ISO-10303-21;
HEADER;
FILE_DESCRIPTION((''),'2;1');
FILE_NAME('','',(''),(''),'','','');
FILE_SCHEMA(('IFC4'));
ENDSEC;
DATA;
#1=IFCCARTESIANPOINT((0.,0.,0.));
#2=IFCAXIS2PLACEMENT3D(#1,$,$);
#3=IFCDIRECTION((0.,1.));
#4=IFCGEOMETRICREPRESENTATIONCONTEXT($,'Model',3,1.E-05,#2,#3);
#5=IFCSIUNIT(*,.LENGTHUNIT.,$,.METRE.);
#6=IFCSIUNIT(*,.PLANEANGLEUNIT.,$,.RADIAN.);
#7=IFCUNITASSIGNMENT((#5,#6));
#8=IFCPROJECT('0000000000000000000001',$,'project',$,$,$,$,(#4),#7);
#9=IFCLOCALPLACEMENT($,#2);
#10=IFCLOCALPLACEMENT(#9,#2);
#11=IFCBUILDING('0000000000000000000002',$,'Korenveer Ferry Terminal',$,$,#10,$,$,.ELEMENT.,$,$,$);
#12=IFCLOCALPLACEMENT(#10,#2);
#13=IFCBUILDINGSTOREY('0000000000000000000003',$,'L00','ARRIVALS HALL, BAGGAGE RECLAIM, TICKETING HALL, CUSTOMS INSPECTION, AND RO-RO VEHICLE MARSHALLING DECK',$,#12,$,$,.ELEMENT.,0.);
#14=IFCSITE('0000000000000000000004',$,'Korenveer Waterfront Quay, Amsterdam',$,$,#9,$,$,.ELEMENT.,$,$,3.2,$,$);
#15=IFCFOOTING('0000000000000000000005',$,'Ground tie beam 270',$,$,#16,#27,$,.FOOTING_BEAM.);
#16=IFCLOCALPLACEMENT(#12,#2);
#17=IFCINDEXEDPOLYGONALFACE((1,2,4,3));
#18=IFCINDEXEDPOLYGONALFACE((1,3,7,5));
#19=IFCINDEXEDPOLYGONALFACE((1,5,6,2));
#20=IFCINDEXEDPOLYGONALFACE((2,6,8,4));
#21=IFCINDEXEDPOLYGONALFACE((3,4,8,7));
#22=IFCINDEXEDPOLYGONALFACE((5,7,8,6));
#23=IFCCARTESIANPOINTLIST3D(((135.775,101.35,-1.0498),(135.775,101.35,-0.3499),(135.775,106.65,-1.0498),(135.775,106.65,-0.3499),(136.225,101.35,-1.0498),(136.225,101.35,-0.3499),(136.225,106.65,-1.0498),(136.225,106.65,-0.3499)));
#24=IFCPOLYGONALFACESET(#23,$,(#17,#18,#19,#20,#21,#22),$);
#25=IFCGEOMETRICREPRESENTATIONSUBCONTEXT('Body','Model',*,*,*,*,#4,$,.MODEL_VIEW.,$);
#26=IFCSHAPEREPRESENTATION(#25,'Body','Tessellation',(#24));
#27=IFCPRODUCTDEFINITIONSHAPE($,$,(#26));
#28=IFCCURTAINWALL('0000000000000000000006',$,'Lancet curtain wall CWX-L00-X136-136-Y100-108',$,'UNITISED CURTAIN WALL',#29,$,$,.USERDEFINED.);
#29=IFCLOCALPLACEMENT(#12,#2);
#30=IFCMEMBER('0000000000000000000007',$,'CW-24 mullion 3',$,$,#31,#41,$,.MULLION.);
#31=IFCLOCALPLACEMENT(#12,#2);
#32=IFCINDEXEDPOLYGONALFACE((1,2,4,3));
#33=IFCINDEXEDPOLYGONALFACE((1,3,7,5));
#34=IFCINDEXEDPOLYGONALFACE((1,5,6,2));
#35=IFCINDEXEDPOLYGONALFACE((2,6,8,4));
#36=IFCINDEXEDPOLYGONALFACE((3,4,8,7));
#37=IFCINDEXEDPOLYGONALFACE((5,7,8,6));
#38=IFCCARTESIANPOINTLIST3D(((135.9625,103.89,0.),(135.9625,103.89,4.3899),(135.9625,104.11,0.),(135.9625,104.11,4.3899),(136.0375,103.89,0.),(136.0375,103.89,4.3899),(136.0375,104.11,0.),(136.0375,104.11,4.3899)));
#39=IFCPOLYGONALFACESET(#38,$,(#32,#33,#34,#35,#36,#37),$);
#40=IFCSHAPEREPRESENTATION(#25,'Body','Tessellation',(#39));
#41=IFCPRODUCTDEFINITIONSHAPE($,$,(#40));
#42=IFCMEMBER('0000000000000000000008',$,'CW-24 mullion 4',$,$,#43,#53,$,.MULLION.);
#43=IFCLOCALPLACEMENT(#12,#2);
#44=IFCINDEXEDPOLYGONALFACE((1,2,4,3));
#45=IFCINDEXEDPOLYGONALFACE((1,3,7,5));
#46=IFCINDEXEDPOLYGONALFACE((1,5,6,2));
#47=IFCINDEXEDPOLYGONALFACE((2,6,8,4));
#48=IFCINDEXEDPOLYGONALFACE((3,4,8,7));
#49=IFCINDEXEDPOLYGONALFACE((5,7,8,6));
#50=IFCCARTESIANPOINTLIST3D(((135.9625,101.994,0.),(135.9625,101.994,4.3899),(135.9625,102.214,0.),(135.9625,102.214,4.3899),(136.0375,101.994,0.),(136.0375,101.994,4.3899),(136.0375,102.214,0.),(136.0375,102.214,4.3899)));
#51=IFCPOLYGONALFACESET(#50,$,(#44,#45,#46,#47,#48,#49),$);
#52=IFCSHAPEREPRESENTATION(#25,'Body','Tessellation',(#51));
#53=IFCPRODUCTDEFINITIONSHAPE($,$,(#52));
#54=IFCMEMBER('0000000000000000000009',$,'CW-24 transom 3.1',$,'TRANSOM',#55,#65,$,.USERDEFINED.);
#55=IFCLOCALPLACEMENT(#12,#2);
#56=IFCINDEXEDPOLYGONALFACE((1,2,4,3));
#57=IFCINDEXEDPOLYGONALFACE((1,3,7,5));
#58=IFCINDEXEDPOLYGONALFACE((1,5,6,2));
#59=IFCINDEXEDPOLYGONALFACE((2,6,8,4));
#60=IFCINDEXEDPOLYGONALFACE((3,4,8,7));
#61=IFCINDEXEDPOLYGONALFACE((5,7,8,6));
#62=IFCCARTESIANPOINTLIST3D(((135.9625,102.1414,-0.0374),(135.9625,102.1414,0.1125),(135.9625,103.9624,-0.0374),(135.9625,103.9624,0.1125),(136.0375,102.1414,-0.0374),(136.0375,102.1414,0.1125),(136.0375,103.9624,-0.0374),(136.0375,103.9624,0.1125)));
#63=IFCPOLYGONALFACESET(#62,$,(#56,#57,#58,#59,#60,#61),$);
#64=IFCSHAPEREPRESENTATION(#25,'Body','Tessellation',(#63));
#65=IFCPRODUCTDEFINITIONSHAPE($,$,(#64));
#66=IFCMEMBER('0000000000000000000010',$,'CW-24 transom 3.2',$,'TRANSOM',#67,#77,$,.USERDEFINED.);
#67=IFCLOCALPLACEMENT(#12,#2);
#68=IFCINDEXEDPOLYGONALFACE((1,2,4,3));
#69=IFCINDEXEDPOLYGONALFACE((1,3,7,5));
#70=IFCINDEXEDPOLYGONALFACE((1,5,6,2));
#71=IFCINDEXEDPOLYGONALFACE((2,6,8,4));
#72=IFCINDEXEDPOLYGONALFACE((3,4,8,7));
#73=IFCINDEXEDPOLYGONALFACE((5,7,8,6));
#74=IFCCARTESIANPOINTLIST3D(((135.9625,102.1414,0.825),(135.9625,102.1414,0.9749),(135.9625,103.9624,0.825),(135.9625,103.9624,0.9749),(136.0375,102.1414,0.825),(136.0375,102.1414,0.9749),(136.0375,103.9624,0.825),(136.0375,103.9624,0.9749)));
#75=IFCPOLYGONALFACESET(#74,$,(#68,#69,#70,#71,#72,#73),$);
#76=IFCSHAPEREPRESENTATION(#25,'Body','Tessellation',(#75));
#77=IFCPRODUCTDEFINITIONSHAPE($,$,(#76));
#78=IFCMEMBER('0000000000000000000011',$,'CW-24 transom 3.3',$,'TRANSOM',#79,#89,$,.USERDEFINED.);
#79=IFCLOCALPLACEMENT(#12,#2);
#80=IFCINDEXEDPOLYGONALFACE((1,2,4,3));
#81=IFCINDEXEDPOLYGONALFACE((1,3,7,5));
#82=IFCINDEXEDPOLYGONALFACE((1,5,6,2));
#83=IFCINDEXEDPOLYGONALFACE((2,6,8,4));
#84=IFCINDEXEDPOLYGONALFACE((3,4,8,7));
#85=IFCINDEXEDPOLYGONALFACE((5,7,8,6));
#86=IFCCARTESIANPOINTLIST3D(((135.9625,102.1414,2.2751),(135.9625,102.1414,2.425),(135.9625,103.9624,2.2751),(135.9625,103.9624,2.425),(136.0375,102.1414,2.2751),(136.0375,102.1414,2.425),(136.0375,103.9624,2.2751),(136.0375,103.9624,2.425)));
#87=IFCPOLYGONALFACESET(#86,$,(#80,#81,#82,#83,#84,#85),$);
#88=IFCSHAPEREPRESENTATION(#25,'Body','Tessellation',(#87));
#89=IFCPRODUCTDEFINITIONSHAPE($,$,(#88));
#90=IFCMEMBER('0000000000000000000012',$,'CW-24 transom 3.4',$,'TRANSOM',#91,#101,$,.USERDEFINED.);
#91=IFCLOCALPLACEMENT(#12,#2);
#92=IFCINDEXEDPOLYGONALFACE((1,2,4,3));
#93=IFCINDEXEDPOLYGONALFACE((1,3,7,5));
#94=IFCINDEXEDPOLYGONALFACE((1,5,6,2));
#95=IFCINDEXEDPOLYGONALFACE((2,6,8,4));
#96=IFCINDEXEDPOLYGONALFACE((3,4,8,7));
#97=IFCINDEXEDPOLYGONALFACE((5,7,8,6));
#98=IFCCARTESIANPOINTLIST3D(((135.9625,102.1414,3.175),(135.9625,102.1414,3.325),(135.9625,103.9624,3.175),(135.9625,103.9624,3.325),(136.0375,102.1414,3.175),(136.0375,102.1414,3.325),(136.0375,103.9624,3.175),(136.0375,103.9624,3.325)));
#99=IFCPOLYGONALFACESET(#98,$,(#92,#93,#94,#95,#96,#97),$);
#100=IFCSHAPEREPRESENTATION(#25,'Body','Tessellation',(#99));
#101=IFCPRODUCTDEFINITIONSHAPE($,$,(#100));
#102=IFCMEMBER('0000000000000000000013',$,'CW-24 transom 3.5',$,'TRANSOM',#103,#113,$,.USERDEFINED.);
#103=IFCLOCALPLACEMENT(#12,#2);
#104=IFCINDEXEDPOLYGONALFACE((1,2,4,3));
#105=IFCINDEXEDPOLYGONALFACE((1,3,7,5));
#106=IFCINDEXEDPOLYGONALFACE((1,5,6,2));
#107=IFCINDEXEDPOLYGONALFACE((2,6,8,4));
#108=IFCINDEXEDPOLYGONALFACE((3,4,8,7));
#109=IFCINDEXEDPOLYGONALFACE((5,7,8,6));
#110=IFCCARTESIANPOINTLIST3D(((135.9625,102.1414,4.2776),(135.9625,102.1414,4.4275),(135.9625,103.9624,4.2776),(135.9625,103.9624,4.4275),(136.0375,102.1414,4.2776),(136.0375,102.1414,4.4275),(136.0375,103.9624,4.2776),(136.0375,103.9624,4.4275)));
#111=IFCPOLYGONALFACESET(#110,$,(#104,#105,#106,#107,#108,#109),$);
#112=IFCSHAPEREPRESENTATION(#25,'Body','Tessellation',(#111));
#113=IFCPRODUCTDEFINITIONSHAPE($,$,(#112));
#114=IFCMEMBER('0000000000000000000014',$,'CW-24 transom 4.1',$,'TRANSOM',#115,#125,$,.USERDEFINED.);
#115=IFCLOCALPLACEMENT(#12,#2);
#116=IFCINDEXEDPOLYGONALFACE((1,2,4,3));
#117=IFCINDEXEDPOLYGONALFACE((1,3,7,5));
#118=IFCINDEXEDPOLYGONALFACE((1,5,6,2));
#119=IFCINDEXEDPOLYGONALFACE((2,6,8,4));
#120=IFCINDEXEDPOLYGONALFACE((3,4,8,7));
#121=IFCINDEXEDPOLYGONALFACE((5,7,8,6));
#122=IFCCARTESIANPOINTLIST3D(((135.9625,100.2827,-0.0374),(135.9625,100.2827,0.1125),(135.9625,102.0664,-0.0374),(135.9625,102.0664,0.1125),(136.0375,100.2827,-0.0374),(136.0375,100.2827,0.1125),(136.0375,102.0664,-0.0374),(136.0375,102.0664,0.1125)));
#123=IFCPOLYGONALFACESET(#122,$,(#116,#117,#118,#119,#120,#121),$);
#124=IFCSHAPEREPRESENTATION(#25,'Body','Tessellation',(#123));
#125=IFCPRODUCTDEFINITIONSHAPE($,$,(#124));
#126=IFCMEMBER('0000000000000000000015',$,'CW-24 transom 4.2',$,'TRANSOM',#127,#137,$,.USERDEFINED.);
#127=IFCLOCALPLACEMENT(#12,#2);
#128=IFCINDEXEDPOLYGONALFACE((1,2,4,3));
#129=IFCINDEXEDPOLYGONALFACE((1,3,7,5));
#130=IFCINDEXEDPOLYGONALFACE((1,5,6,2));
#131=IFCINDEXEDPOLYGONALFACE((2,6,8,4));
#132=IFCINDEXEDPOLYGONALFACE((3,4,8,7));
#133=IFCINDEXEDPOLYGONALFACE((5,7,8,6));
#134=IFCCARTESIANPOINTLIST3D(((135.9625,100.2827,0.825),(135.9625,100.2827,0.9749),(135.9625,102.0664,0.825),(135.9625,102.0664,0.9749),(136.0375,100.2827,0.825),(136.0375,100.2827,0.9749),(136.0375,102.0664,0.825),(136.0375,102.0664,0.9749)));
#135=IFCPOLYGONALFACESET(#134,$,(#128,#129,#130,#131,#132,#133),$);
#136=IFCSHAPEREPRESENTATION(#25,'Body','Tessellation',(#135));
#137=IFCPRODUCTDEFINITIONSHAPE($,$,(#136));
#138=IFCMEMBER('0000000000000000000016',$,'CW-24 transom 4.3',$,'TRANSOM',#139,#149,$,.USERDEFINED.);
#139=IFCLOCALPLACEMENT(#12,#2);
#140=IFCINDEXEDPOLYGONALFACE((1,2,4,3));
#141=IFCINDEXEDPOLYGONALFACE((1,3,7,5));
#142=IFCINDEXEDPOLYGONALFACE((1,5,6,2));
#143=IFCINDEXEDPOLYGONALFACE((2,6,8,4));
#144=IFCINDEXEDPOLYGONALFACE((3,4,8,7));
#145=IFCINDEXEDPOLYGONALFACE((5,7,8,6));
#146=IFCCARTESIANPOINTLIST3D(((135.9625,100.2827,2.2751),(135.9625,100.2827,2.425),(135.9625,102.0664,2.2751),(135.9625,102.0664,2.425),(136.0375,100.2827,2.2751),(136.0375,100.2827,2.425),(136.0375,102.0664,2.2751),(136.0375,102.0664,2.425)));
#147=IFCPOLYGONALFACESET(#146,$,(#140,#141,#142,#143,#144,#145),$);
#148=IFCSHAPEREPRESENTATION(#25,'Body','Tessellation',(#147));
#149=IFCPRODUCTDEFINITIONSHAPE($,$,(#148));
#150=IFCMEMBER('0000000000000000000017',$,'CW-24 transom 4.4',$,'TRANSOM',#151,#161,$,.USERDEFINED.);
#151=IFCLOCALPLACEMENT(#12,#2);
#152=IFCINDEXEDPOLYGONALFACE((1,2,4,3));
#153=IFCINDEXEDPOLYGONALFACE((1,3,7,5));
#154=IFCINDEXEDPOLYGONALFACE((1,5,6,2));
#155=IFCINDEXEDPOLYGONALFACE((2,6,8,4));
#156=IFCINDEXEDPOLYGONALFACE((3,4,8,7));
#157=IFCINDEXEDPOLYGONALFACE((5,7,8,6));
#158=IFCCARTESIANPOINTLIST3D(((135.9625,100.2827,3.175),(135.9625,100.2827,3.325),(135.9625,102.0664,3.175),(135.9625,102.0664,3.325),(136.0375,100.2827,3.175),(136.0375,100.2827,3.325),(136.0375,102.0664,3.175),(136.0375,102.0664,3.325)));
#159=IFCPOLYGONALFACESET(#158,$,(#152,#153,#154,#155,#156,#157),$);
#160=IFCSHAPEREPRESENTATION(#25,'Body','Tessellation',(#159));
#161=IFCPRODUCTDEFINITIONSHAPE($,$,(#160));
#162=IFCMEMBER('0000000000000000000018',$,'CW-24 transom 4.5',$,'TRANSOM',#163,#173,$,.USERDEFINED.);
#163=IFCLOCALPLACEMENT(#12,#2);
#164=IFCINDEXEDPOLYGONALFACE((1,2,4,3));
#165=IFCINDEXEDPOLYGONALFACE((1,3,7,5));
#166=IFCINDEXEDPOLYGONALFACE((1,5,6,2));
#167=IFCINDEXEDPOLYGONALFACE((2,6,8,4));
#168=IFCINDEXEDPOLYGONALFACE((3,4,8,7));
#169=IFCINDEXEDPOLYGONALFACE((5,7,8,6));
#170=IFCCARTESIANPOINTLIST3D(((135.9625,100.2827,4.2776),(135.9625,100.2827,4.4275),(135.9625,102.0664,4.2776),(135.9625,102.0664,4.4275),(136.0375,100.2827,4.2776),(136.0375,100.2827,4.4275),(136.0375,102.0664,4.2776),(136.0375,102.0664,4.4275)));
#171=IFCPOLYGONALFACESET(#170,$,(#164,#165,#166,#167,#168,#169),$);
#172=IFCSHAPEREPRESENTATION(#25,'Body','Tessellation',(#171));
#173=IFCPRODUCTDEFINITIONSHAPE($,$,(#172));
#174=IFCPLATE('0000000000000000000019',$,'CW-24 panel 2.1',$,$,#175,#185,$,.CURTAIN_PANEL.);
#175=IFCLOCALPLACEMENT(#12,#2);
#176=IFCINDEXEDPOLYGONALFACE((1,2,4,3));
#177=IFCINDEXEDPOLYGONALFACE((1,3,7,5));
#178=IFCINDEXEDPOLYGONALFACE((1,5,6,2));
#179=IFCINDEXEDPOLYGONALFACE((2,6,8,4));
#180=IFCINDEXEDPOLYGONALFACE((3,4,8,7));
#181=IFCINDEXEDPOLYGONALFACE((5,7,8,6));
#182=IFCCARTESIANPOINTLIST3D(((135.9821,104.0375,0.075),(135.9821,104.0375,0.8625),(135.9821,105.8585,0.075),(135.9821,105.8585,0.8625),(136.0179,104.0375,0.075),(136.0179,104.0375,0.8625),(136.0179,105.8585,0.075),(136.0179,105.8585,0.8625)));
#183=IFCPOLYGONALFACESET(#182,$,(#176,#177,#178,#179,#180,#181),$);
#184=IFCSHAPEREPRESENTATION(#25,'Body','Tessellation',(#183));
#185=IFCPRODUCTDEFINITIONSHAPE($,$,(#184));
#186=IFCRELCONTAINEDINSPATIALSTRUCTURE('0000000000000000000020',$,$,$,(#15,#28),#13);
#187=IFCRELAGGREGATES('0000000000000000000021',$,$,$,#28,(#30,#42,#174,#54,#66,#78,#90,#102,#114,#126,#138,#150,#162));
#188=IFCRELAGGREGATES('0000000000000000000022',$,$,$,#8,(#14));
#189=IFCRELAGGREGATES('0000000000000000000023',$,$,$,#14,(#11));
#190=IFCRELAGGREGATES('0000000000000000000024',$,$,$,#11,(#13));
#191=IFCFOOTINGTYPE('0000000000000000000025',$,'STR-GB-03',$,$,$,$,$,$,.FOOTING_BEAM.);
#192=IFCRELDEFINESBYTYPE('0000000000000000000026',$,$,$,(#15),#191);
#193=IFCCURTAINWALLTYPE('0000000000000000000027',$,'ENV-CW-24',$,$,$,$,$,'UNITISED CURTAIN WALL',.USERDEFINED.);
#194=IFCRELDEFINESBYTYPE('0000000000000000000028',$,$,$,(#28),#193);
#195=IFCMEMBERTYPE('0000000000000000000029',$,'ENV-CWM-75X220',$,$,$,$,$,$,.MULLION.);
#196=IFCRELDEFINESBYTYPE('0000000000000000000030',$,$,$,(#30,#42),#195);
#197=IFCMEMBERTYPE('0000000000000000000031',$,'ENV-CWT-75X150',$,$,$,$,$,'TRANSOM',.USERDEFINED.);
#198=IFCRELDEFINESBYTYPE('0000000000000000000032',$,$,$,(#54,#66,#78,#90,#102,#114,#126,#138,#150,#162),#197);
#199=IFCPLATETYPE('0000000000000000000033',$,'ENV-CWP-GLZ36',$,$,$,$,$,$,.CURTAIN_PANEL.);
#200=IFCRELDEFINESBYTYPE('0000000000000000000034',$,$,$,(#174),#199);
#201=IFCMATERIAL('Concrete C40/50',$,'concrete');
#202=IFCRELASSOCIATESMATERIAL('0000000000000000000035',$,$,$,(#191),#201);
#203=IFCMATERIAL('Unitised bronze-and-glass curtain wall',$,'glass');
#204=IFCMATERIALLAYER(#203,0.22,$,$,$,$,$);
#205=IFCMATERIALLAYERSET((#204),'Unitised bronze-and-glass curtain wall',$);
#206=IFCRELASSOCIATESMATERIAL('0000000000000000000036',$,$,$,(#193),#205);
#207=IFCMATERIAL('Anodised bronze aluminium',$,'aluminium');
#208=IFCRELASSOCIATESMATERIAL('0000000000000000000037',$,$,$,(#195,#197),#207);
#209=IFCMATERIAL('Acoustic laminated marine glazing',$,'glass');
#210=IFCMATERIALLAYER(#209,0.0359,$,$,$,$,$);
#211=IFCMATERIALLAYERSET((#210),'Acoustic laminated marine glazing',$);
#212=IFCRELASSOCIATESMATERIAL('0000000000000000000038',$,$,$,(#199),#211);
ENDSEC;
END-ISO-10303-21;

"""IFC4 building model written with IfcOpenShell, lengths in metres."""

from ifc_helpers import new_model, si_unit, direction, frame, origin, origin_2d, place, context, subcontext, project, spatial, rectangle, extrude, material, layer, layer_set, material_profile, profile_set, type_object, element, aggregate, save


model = new_model("IFC4")

# Units and contexts
model_context = context("Model", 3, precision=1e-05, world=origin(), true_north=direction((0.0, 1.0)))
body_context = subcontext(model_context, "Body", "Model", "MODEL_VIEW")
ifc_project = project(units=[si_unit("LENGTHUNIT", "METRE"), si_unit("PLANEANGLEUNIT", "RADIAN")], contexts=[model_context])

# Site, building, storey
site_placement = place(None, origin())
site = spatial("IfcSite", under=ifc_project, at=site_placement, Name="Korenveer Waterfront Quay, Amsterdam", CompositionType="ELEMENT", RefElevation=3.2)
building_placement = place(site_placement, origin())
building = spatial("IfcBuilding", under=site, at=building_placement, Name="Korenveer Ferry Terminal", CompositionType="ELEMENT")
storey_placement = place(building_placement, origin())
storey = spatial("IfcBuildingStorey", under=building, at=storey_placement, Name="L00", Description="ARRIVALS HALL, BAGGAGE RECLAIM, TICKETING HALL, CUSTOMS INSPECTION, AND RO-RO VEHICLE MARSHALLING DECK", CompositionType="ELEMENT", Elevation=0.0)

# Footing
ifc_material_1 = material(Name="Concrete C40/50", Category="concrete")
footing_type = type_object("IfcFootingType", Name="STR-GB-03", PredefinedType="FOOTING_BEAM", material=ifc_material_1)
footing_placement = place(storey_placement, frame((136.0, 104.0, -1.0498), z_axis=(0.0, 0.0, 1.0), x_axis=(1.0, 0.0, 0.0)))
element("IfcFooting", 1, at=footing_placement, inside=storey, type_object=footing_type, Name="Ground tie beam 270", PredefinedType="FOOTING_BEAM", context=body_context, shape_type="SweptSolid", body=[
    extrude(rectangle(XDim=0.45, YDim=5.3, at=origin_2d()), origin(), (0.0, 0.0, 1.0), 0.7),
])

# Curtain wall, members, plate
ifc_material_2 = material(Name="Unitised bronze-and-glass curtain wall", Category="glass")
ifc_layer_1 = layer(ifc_material_2, 0.22)
ifc_layer_set_1 = layer_set([ifc_layer_1], Name="Unitised bronze-and-glass curtain wall")
curtain_wall_type = type_object("IfcCurtainWallType", Name="ENV-CW-24", ElementType="UNITISED CURTAIN WALL", PredefinedType="USERDEFINED", material=ifc_layer_set_1)
curtain_wall_placement = place(storey_placement, frame((136.0, 107.7922, 0.0)))
curtain_wall = element("IfcCurtainWall", 2, at=curtain_wall_placement, inside=storey, type_object=curtain_wall_type, Name="Lancet curtain wall CWX-L00-X136-136-Y100-108", ObjectType="UNITISED CURTAIN WALL", PredefinedType="USERDEFINED")
ifc_material_3 = material(Name="Anodised bronze aluminium", Category="aluminium")
ifc_material_profile_1 = material_profile(ifc_material_3, rectangle(XDim=0.075, YDim=0.22, at=origin_2d()), Name="ALU 75x220")
ifc_profile_set_1 = profile_set([ifc_material_profile_1], Name="Anodised bronze aluminium")
member_type_1 = type_object("IfcMemberType", Name="ENV-CWM-75X220", PredefinedType="MULLION", material=ifc_profile_set_1)
member_1_placement = place(storey_placement, frame((136.0, 104.0, 0.0), z_axis=(0.0, 0.0, 1.0), x_axis=(1.0, 0.0, 0.0)))
member_1 = element("IfcMember", 3, at=member_1_placement, type_object=member_type_1, Name="CW-24 mullion 3", PredefinedType="MULLION", context=body_context, shape_type="SweptSolid", body=[
    extrude(rectangle(XDim=0.075, YDim=0.22, at=origin_2d()), origin(), (0.0, 0.0, 1.0), 4.3899),
])
member_2_placement = place(storey_placement, frame((136.0, 102.104, 0.0), z_axis=(0.0, 0.0, 1.0), x_axis=(1.0, 0.0, 0.0)))
member_2 = element("IfcMember", 4, at=member_2_placement, type_object=member_type_1, Name="CW-24 mullion 4", PredefinedType="MULLION", context=body_context, shape_type="SweptSolid", body=[
    extrude(rectangle(XDim=0.075, YDim=0.22, at=origin_2d()), origin(), (0.0, 0.0, 1.0), 4.3899),
])
ifc_material_profile_2 = material_profile(ifc_material_3, rectangle(XDim=0.075, YDim=0.1499, at=origin_2d()), Name="ALU 75x150")
ifc_profile_set_2 = profile_set([ifc_material_profile_2], Name="Anodised bronze aluminium")
member_type_2 = type_object("IfcMemberType", Name="ENV-CWT-75X150", ElementType="TRANSOM", PredefinedType="USERDEFINED", material=ifc_profile_set_2)
member_3_placement = place(storey_placement, frame((136.0, 103.9624, 0.0376), z_axis=(0.0, -1.0, 0.0), x_axis=(1.0, 0.0, 0.0)))
member_3 = element("IfcMember", 5, at=member_3_placement, type_object=member_type_2, Name="CW-24 transom 3.1", ObjectType="TRANSOM", PredefinedType="USERDEFINED", context=body_context, shape_type="SweptSolid", body=[
    extrude(rectangle(XDim=0.075, YDim=0.1499, at=origin_2d()), origin(), (0.0, 0.0, 1.0), 1.821),
])
member_4_placement = place(storey_placement, frame((136.0, 103.9624, 0.8999), z_axis=(0.0, -1.0, 0.0), x_axis=(1.0, 0.0, 0.0)))
member_4 = element("IfcMember", 6, at=member_4_placement, type_object=member_type_2, Name="CW-24 transom 3.2", ObjectType="TRANSOM", PredefinedType="USERDEFINED", context=body_context, shape_type="SweptSolid", body=[
    extrude(rectangle(XDim=0.075, YDim=0.1499, at=origin_2d()), origin(), (0.0, 0.0, 1.0), 1.821),
])
member_5_placement = place(storey_placement, frame((136.0, 103.9624, 2.3501), z_axis=(0.0, -1.0, 0.0), x_axis=(1.0, 0.0, 0.0)))
member_5 = element("IfcMember", 7, at=member_5_placement, type_object=member_type_2, Name="CW-24 transom 3.3", ObjectType="TRANSOM", PredefinedType="USERDEFINED", context=body_context, shape_type="SweptSolid", body=[
    extrude(rectangle(XDim=0.075, YDim=0.1499, at=origin_2d()), origin(), (0.0, 0.0, 1.0), 1.821),
])
member_6_placement = place(storey_placement, frame((136.0, 103.9624, 3.25), z_axis=(0.0, -1.0, 0.0), x_axis=(1.0, 0.0, 0.0)))
member_6 = element("IfcMember", 8, at=member_6_placement, type_object=member_type_2, Name="CW-24 transom 3.4", ObjectType="TRANSOM", PredefinedType="USERDEFINED", context=body_context, shape_type="SweptSolid", body=[
    extrude(rectangle(XDim=0.075, YDim=0.1499, at=origin_2d()), origin(), (0.0, 0.0, 1.0), 1.821),
])
member_7_placement = place(storey_placement, frame((136.0, 103.9624, 4.3525), z_axis=(0.0, -1.0, 0.0), x_axis=(1.0, 0.0, 0.0)))
member_7 = element("IfcMember", 9, at=member_7_placement, type_object=member_type_2, Name="CW-24 transom 3.5", ObjectType="TRANSOM", PredefinedType="USERDEFINED", context=body_context, shape_type="SweptSolid", body=[
    extrude(rectangle(XDim=0.075, YDim=0.1499, at=origin_2d()), origin(), (0.0, 0.0, 1.0), 1.821),
])
member_8_placement = place(storey_placement, frame((136.0, 102.0664, 0.0376), z_axis=(0.0, -1.0, 0.0), x_axis=(1.0, 0.0, 0.0)))
member_8 = element("IfcMember", 10, at=member_8_placement, type_object=member_type_2, Name="CW-24 transom 4.1", ObjectType="TRANSOM", PredefinedType="USERDEFINED", context=body_context, shape_type="SweptSolid", body=[
    extrude(rectangle(XDim=0.075, YDim=0.1499, at=origin_2d()), origin(), (0.0, 0.0, 1.0), 1.7837),
])
member_9_placement = place(storey_placement, frame((136.0, 102.0664, 0.8999), z_axis=(0.0, -1.0, 0.0), x_axis=(1.0, 0.0, 0.0)))
member_9 = element("IfcMember", 11, at=member_9_placement, type_object=member_type_2, Name="CW-24 transom 4.2", ObjectType="TRANSOM", PredefinedType="USERDEFINED", context=body_context, shape_type="SweptSolid", body=[
    extrude(rectangle(XDim=0.075, YDim=0.1499, at=origin_2d()), origin(), (0.0, 0.0, 1.0), 1.7837),
])
member_10_placement = place(storey_placement, frame((136.0, 102.0664, 2.3501), z_axis=(0.0, -1.0, 0.0), x_axis=(1.0, 0.0, 0.0)))
member_10 = element("IfcMember", 12, at=member_10_placement, type_object=member_type_2, Name="CW-24 transom 4.3", ObjectType="TRANSOM", PredefinedType="USERDEFINED", context=body_context, shape_type="SweptSolid", body=[
    extrude(rectangle(XDim=0.075, YDim=0.1499, at=origin_2d()), origin(), (0.0, 0.0, 1.0), 1.7837),
])
member_11_placement = place(storey_placement, frame((136.0, 102.0664, 3.25), z_axis=(0.0, -1.0, 0.0), x_axis=(1.0, 0.0, 0.0)))
member_11 = element("IfcMember", 13, at=member_11_placement, type_object=member_type_2, Name="CW-24 transom 4.4", ObjectType="TRANSOM", PredefinedType="USERDEFINED", context=body_context, shape_type="SweptSolid", body=[
    extrude(rectangle(XDim=0.075, YDim=0.1499, at=origin_2d()), origin(), (0.0, 0.0, 1.0), 1.7837),
])
member_12_placement = place(storey_placement, frame((136.0, 102.0664, 4.3525), z_axis=(0.0, -1.0, 0.0), x_axis=(1.0, 0.0, 0.0)))
member_12 = element("IfcMember", 14, at=member_12_placement, type_object=member_type_2, Name="CW-24 transom 4.5", ObjectType="TRANSOM", PredefinedType="USERDEFINED", context=body_context, shape_type="SweptSolid", body=[
    extrude(rectangle(XDim=0.075, YDim=0.1499, at=origin_2d()), origin(), (0.0, 0.0, 1.0), 1.7837),
])
ifc_material_4 = material(Name="Acoustic laminated marine glazing", Category="glass")
ifc_layer_2 = layer(ifc_material_4, 0.0359)
ifc_layer_set_2 = layer_set([ifc_layer_2], Name="Acoustic laminated marine glazing")
plate_type = type_object("IfcPlateType", Name="ENV-CWP-GLZ36", PredefinedType="CURTAIN_PANEL", material=ifc_layer_set_2)
plate_1_placement = place(storey_placement, frame((136.0, 104.948, 0.075), z_axis=(0.0, 0.0, 1.0), x_axis=(0.0, -1.0, 0.0)))
plate_1 = element("IfcPlate", 15, at=plate_1_placement, type_object=plate_type, Name="CW-24 panel 2.1", PredefinedType="CURTAIN_PANEL", context=body_context, shape_type="SweptSolid", body=[
    extrude(rectangle(XDim=1.821, YDim=0.0359, at=origin_2d()), origin(), (0.0, 0.0, 1.0), 0.7876),
])
aggregate(curtain_wall, [member_1, member_2, plate_1, member_3, member_4, member_5, member_6, member_7, member_8, member_9, member_10, member_11, member_12])

save(model, "model.ifc")
